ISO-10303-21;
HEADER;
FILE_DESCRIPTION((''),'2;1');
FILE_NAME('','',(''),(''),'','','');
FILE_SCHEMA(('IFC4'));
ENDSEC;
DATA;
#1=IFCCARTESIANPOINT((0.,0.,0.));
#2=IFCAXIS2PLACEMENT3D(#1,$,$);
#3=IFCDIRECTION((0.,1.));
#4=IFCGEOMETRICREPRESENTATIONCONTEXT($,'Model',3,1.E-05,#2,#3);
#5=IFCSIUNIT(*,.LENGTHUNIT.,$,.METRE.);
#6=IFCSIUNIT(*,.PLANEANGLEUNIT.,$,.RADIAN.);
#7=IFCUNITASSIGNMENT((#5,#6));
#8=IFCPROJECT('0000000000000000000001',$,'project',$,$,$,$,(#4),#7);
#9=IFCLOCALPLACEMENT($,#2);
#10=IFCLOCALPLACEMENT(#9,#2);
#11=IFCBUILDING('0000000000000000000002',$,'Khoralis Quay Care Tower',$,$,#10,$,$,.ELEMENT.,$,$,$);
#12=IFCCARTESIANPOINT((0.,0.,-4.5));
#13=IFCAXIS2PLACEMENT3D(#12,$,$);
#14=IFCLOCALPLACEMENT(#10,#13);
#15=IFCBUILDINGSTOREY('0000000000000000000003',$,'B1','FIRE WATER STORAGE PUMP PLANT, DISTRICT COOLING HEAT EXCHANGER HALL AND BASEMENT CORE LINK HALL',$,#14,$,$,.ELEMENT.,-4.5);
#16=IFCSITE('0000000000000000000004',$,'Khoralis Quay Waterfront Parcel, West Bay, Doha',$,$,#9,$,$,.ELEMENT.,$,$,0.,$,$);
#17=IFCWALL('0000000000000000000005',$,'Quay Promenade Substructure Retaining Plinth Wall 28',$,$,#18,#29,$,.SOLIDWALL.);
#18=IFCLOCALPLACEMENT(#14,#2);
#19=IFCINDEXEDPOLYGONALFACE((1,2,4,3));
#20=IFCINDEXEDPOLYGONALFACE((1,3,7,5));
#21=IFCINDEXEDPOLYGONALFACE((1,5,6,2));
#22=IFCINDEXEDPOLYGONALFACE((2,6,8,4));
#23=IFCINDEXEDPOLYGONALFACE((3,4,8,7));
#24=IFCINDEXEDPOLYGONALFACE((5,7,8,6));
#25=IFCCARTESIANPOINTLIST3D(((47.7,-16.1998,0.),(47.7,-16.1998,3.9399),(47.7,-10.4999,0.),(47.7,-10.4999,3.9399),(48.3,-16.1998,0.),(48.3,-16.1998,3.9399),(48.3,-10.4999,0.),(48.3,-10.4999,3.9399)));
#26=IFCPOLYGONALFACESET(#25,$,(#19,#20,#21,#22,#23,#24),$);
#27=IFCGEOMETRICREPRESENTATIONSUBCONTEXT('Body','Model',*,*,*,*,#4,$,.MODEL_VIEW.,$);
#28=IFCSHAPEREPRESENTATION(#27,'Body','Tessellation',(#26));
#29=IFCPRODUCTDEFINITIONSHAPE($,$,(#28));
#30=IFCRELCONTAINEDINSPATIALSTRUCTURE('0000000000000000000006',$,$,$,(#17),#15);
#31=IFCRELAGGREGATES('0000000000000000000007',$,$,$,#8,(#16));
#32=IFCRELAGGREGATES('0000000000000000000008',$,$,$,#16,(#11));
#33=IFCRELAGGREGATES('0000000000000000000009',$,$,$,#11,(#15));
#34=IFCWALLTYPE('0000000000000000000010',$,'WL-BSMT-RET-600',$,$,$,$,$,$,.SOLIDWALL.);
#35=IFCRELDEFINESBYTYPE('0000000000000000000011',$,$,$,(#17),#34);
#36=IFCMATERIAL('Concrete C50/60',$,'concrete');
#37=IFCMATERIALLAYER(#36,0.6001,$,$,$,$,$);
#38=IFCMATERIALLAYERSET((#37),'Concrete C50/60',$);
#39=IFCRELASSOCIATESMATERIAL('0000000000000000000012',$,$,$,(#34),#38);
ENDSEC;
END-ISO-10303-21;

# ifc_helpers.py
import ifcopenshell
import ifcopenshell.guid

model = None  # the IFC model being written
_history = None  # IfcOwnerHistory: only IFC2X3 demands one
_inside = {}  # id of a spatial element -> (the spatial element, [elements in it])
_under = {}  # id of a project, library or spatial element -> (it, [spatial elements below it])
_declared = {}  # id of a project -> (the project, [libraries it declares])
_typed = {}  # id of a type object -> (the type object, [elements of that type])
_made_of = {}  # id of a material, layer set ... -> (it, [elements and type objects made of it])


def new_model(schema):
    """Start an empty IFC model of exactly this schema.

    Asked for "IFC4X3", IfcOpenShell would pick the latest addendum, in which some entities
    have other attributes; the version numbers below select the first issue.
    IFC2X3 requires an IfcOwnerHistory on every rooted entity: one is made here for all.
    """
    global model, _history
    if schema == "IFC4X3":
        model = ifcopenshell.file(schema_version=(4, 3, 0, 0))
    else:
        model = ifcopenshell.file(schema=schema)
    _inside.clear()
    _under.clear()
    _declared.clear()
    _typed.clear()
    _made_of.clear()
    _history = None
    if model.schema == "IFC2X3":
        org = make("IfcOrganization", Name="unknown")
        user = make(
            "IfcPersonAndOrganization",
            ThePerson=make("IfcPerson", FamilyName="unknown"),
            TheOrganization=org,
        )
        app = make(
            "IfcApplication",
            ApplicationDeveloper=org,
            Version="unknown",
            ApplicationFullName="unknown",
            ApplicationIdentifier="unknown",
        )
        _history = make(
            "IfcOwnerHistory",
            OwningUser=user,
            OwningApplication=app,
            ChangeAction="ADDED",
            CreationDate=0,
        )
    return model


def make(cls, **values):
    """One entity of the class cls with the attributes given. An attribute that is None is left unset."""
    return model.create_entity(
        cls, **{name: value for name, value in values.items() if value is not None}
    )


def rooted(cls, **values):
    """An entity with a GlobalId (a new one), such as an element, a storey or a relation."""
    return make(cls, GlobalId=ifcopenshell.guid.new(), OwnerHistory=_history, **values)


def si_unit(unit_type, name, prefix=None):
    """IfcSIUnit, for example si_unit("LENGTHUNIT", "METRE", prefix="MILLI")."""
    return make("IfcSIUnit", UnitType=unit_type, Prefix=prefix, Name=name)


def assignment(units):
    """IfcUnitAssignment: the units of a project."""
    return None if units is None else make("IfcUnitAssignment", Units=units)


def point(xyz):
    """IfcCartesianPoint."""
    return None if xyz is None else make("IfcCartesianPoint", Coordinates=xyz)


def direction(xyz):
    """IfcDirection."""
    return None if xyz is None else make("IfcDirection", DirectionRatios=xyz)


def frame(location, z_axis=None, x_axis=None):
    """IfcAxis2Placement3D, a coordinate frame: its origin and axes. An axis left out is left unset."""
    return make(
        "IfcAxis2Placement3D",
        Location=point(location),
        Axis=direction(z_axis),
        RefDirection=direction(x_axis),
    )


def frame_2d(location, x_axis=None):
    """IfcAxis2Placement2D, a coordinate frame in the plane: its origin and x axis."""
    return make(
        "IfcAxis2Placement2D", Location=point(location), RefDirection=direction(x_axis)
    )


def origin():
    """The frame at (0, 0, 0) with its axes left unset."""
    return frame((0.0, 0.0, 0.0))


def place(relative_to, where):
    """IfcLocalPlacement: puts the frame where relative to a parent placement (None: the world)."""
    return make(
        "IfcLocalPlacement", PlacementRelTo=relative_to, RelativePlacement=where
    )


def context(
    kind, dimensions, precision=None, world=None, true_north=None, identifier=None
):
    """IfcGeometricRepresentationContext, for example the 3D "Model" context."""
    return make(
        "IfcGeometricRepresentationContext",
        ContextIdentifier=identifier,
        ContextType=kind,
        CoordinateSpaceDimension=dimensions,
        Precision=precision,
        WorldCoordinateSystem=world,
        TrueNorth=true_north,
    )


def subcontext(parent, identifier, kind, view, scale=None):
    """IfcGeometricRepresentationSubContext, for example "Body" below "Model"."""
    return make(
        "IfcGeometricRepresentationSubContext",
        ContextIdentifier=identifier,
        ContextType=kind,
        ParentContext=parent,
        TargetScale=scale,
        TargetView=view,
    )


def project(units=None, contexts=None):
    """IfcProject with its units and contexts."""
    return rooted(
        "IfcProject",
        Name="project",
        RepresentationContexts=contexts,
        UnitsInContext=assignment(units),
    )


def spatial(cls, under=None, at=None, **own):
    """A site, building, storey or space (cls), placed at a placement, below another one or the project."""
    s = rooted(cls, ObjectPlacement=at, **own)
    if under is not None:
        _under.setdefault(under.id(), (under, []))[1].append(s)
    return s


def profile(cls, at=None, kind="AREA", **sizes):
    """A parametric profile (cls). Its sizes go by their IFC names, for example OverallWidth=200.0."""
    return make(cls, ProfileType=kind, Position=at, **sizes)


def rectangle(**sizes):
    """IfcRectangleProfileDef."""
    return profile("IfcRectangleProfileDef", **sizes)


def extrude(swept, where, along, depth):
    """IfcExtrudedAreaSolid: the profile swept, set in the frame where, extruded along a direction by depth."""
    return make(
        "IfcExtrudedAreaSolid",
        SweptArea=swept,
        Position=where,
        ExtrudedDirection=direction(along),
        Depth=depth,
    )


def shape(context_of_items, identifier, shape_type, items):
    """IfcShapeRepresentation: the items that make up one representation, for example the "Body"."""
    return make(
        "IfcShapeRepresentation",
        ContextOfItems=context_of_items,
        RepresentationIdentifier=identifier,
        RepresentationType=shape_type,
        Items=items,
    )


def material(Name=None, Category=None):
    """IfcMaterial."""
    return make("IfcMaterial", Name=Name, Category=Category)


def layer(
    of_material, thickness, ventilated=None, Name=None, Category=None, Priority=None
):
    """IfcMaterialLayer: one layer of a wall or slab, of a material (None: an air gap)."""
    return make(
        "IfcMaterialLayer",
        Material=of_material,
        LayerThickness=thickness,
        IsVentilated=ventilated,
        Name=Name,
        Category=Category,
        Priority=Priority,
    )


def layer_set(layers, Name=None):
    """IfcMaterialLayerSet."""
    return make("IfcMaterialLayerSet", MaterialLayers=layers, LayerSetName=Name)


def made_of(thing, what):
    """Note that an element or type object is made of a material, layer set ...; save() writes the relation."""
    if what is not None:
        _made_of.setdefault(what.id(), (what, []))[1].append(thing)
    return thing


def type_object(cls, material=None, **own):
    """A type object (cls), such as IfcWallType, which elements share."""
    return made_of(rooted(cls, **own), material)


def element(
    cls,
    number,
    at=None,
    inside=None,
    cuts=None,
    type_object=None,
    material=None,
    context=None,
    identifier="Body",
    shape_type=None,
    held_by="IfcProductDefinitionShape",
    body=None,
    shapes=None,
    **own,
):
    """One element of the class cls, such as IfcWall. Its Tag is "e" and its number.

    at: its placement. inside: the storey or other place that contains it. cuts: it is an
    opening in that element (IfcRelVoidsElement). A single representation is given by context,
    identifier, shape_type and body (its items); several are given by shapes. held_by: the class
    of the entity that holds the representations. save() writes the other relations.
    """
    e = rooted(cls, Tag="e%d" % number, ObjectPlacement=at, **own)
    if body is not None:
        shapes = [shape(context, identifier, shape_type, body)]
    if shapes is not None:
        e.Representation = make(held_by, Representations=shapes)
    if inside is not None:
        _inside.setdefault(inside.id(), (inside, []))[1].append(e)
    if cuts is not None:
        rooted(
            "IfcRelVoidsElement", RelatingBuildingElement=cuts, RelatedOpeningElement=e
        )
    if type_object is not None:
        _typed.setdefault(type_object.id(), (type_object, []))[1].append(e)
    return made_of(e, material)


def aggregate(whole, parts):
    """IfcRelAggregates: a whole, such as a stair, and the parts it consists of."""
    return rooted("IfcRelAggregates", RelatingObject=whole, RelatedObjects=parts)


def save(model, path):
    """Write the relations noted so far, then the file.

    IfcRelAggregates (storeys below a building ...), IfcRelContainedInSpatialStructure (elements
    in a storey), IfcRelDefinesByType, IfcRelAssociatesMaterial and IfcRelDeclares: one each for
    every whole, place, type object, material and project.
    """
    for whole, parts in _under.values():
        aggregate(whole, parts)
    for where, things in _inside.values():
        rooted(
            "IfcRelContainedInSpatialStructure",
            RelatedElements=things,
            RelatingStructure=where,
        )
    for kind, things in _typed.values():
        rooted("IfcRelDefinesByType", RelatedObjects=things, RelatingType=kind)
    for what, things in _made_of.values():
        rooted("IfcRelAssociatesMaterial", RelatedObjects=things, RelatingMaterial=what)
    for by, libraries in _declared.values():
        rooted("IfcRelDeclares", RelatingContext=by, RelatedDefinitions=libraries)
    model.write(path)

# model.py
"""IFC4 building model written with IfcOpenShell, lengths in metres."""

from ifc_helpers import new_model, si_unit, direction, frame, frame_2d, origin, place, context, subcontext, project, spatial, rectangle, extrude, material, layer, layer_set, type_object, element, save


model = new_model("IFC4")

# Units and contexts
model_context = context("Model", 3, precision=1e-05, world=origin(), true_north=direction((0.0, 1.0)))
body_context = subcontext(model_context, "Body", "Model", "MODEL_VIEW")
ifc_project = project(units=[si_unit("LENGTHUNIT", "METRE"), si_unit("PLANEANGLEUNIT", "RADIAN")], contexts=[model_context])

# Site, building, storey
site_placement = place(None, origin())
site = spatial("IfcSite", under=ifc_project, at=site_placement, Name="Khoralis Quay Waterfront Parcel, West Bay, Doha", CompositionType="ELEMENT", RefElevation=0.0)
building_placement = place(site_placement, origin())
building = spatial("IfcBuilding", under=site, at=building_placement, Name="Khoralis Quay Care Tower", CompositionType="ELEMENT")
storey_placement = place(building_placement, frame((0.0, 0.0, -4.5)))
storey = spatial("IfcBuildingStorey", under=building, at=storey_placement, Name="B1", Description="FIRE WATER STORAGE PUMP PLANT, DISTRICT COOLING HEAT EXCHANGER HALL AND BASEMENT CORE LINK HALL", CompositionType="ELEMENT", Elevation=-4.5)

# Shared definitions
ifc_material_1 = material(Name="Concrete C50/60", Category="concrete")

# Wall
ifc_layer = layer(ifc_material_1, 0.6001)
ifc_layer_set = layer_set([ifc_layer], Name="Concrete C50/60")
wall_type = type_object("IfcWallType", Name="WL-BSMT-RET-600", PredefinedType="SOLIDWALL", material=ifc_layer_set)
wall_1_placement = place(storey_placement, frame((48.0, -16.2, 0.0), z_axis=(0.0, 0.0, 1.0), x_axis=(0.0, 1.0, 0.0)))
element("IfcWall", 1, at=wall_1_placement, inside=storey, type_object=wall_type, Name="Quay Promenade Substructure Retaining Plinth Wall 28", PredefinedType="SOLIDWALL", context=body_context, shape_type="SweptSolid", body=[
    extrude(rectangle(XDim=5.7, YDim=0.6001, at=frame_2d((2.8501, 0.0))), origin(), (0.0, 0.0, 1.0), 3.9399),
])

save(model, "model.ifc")
